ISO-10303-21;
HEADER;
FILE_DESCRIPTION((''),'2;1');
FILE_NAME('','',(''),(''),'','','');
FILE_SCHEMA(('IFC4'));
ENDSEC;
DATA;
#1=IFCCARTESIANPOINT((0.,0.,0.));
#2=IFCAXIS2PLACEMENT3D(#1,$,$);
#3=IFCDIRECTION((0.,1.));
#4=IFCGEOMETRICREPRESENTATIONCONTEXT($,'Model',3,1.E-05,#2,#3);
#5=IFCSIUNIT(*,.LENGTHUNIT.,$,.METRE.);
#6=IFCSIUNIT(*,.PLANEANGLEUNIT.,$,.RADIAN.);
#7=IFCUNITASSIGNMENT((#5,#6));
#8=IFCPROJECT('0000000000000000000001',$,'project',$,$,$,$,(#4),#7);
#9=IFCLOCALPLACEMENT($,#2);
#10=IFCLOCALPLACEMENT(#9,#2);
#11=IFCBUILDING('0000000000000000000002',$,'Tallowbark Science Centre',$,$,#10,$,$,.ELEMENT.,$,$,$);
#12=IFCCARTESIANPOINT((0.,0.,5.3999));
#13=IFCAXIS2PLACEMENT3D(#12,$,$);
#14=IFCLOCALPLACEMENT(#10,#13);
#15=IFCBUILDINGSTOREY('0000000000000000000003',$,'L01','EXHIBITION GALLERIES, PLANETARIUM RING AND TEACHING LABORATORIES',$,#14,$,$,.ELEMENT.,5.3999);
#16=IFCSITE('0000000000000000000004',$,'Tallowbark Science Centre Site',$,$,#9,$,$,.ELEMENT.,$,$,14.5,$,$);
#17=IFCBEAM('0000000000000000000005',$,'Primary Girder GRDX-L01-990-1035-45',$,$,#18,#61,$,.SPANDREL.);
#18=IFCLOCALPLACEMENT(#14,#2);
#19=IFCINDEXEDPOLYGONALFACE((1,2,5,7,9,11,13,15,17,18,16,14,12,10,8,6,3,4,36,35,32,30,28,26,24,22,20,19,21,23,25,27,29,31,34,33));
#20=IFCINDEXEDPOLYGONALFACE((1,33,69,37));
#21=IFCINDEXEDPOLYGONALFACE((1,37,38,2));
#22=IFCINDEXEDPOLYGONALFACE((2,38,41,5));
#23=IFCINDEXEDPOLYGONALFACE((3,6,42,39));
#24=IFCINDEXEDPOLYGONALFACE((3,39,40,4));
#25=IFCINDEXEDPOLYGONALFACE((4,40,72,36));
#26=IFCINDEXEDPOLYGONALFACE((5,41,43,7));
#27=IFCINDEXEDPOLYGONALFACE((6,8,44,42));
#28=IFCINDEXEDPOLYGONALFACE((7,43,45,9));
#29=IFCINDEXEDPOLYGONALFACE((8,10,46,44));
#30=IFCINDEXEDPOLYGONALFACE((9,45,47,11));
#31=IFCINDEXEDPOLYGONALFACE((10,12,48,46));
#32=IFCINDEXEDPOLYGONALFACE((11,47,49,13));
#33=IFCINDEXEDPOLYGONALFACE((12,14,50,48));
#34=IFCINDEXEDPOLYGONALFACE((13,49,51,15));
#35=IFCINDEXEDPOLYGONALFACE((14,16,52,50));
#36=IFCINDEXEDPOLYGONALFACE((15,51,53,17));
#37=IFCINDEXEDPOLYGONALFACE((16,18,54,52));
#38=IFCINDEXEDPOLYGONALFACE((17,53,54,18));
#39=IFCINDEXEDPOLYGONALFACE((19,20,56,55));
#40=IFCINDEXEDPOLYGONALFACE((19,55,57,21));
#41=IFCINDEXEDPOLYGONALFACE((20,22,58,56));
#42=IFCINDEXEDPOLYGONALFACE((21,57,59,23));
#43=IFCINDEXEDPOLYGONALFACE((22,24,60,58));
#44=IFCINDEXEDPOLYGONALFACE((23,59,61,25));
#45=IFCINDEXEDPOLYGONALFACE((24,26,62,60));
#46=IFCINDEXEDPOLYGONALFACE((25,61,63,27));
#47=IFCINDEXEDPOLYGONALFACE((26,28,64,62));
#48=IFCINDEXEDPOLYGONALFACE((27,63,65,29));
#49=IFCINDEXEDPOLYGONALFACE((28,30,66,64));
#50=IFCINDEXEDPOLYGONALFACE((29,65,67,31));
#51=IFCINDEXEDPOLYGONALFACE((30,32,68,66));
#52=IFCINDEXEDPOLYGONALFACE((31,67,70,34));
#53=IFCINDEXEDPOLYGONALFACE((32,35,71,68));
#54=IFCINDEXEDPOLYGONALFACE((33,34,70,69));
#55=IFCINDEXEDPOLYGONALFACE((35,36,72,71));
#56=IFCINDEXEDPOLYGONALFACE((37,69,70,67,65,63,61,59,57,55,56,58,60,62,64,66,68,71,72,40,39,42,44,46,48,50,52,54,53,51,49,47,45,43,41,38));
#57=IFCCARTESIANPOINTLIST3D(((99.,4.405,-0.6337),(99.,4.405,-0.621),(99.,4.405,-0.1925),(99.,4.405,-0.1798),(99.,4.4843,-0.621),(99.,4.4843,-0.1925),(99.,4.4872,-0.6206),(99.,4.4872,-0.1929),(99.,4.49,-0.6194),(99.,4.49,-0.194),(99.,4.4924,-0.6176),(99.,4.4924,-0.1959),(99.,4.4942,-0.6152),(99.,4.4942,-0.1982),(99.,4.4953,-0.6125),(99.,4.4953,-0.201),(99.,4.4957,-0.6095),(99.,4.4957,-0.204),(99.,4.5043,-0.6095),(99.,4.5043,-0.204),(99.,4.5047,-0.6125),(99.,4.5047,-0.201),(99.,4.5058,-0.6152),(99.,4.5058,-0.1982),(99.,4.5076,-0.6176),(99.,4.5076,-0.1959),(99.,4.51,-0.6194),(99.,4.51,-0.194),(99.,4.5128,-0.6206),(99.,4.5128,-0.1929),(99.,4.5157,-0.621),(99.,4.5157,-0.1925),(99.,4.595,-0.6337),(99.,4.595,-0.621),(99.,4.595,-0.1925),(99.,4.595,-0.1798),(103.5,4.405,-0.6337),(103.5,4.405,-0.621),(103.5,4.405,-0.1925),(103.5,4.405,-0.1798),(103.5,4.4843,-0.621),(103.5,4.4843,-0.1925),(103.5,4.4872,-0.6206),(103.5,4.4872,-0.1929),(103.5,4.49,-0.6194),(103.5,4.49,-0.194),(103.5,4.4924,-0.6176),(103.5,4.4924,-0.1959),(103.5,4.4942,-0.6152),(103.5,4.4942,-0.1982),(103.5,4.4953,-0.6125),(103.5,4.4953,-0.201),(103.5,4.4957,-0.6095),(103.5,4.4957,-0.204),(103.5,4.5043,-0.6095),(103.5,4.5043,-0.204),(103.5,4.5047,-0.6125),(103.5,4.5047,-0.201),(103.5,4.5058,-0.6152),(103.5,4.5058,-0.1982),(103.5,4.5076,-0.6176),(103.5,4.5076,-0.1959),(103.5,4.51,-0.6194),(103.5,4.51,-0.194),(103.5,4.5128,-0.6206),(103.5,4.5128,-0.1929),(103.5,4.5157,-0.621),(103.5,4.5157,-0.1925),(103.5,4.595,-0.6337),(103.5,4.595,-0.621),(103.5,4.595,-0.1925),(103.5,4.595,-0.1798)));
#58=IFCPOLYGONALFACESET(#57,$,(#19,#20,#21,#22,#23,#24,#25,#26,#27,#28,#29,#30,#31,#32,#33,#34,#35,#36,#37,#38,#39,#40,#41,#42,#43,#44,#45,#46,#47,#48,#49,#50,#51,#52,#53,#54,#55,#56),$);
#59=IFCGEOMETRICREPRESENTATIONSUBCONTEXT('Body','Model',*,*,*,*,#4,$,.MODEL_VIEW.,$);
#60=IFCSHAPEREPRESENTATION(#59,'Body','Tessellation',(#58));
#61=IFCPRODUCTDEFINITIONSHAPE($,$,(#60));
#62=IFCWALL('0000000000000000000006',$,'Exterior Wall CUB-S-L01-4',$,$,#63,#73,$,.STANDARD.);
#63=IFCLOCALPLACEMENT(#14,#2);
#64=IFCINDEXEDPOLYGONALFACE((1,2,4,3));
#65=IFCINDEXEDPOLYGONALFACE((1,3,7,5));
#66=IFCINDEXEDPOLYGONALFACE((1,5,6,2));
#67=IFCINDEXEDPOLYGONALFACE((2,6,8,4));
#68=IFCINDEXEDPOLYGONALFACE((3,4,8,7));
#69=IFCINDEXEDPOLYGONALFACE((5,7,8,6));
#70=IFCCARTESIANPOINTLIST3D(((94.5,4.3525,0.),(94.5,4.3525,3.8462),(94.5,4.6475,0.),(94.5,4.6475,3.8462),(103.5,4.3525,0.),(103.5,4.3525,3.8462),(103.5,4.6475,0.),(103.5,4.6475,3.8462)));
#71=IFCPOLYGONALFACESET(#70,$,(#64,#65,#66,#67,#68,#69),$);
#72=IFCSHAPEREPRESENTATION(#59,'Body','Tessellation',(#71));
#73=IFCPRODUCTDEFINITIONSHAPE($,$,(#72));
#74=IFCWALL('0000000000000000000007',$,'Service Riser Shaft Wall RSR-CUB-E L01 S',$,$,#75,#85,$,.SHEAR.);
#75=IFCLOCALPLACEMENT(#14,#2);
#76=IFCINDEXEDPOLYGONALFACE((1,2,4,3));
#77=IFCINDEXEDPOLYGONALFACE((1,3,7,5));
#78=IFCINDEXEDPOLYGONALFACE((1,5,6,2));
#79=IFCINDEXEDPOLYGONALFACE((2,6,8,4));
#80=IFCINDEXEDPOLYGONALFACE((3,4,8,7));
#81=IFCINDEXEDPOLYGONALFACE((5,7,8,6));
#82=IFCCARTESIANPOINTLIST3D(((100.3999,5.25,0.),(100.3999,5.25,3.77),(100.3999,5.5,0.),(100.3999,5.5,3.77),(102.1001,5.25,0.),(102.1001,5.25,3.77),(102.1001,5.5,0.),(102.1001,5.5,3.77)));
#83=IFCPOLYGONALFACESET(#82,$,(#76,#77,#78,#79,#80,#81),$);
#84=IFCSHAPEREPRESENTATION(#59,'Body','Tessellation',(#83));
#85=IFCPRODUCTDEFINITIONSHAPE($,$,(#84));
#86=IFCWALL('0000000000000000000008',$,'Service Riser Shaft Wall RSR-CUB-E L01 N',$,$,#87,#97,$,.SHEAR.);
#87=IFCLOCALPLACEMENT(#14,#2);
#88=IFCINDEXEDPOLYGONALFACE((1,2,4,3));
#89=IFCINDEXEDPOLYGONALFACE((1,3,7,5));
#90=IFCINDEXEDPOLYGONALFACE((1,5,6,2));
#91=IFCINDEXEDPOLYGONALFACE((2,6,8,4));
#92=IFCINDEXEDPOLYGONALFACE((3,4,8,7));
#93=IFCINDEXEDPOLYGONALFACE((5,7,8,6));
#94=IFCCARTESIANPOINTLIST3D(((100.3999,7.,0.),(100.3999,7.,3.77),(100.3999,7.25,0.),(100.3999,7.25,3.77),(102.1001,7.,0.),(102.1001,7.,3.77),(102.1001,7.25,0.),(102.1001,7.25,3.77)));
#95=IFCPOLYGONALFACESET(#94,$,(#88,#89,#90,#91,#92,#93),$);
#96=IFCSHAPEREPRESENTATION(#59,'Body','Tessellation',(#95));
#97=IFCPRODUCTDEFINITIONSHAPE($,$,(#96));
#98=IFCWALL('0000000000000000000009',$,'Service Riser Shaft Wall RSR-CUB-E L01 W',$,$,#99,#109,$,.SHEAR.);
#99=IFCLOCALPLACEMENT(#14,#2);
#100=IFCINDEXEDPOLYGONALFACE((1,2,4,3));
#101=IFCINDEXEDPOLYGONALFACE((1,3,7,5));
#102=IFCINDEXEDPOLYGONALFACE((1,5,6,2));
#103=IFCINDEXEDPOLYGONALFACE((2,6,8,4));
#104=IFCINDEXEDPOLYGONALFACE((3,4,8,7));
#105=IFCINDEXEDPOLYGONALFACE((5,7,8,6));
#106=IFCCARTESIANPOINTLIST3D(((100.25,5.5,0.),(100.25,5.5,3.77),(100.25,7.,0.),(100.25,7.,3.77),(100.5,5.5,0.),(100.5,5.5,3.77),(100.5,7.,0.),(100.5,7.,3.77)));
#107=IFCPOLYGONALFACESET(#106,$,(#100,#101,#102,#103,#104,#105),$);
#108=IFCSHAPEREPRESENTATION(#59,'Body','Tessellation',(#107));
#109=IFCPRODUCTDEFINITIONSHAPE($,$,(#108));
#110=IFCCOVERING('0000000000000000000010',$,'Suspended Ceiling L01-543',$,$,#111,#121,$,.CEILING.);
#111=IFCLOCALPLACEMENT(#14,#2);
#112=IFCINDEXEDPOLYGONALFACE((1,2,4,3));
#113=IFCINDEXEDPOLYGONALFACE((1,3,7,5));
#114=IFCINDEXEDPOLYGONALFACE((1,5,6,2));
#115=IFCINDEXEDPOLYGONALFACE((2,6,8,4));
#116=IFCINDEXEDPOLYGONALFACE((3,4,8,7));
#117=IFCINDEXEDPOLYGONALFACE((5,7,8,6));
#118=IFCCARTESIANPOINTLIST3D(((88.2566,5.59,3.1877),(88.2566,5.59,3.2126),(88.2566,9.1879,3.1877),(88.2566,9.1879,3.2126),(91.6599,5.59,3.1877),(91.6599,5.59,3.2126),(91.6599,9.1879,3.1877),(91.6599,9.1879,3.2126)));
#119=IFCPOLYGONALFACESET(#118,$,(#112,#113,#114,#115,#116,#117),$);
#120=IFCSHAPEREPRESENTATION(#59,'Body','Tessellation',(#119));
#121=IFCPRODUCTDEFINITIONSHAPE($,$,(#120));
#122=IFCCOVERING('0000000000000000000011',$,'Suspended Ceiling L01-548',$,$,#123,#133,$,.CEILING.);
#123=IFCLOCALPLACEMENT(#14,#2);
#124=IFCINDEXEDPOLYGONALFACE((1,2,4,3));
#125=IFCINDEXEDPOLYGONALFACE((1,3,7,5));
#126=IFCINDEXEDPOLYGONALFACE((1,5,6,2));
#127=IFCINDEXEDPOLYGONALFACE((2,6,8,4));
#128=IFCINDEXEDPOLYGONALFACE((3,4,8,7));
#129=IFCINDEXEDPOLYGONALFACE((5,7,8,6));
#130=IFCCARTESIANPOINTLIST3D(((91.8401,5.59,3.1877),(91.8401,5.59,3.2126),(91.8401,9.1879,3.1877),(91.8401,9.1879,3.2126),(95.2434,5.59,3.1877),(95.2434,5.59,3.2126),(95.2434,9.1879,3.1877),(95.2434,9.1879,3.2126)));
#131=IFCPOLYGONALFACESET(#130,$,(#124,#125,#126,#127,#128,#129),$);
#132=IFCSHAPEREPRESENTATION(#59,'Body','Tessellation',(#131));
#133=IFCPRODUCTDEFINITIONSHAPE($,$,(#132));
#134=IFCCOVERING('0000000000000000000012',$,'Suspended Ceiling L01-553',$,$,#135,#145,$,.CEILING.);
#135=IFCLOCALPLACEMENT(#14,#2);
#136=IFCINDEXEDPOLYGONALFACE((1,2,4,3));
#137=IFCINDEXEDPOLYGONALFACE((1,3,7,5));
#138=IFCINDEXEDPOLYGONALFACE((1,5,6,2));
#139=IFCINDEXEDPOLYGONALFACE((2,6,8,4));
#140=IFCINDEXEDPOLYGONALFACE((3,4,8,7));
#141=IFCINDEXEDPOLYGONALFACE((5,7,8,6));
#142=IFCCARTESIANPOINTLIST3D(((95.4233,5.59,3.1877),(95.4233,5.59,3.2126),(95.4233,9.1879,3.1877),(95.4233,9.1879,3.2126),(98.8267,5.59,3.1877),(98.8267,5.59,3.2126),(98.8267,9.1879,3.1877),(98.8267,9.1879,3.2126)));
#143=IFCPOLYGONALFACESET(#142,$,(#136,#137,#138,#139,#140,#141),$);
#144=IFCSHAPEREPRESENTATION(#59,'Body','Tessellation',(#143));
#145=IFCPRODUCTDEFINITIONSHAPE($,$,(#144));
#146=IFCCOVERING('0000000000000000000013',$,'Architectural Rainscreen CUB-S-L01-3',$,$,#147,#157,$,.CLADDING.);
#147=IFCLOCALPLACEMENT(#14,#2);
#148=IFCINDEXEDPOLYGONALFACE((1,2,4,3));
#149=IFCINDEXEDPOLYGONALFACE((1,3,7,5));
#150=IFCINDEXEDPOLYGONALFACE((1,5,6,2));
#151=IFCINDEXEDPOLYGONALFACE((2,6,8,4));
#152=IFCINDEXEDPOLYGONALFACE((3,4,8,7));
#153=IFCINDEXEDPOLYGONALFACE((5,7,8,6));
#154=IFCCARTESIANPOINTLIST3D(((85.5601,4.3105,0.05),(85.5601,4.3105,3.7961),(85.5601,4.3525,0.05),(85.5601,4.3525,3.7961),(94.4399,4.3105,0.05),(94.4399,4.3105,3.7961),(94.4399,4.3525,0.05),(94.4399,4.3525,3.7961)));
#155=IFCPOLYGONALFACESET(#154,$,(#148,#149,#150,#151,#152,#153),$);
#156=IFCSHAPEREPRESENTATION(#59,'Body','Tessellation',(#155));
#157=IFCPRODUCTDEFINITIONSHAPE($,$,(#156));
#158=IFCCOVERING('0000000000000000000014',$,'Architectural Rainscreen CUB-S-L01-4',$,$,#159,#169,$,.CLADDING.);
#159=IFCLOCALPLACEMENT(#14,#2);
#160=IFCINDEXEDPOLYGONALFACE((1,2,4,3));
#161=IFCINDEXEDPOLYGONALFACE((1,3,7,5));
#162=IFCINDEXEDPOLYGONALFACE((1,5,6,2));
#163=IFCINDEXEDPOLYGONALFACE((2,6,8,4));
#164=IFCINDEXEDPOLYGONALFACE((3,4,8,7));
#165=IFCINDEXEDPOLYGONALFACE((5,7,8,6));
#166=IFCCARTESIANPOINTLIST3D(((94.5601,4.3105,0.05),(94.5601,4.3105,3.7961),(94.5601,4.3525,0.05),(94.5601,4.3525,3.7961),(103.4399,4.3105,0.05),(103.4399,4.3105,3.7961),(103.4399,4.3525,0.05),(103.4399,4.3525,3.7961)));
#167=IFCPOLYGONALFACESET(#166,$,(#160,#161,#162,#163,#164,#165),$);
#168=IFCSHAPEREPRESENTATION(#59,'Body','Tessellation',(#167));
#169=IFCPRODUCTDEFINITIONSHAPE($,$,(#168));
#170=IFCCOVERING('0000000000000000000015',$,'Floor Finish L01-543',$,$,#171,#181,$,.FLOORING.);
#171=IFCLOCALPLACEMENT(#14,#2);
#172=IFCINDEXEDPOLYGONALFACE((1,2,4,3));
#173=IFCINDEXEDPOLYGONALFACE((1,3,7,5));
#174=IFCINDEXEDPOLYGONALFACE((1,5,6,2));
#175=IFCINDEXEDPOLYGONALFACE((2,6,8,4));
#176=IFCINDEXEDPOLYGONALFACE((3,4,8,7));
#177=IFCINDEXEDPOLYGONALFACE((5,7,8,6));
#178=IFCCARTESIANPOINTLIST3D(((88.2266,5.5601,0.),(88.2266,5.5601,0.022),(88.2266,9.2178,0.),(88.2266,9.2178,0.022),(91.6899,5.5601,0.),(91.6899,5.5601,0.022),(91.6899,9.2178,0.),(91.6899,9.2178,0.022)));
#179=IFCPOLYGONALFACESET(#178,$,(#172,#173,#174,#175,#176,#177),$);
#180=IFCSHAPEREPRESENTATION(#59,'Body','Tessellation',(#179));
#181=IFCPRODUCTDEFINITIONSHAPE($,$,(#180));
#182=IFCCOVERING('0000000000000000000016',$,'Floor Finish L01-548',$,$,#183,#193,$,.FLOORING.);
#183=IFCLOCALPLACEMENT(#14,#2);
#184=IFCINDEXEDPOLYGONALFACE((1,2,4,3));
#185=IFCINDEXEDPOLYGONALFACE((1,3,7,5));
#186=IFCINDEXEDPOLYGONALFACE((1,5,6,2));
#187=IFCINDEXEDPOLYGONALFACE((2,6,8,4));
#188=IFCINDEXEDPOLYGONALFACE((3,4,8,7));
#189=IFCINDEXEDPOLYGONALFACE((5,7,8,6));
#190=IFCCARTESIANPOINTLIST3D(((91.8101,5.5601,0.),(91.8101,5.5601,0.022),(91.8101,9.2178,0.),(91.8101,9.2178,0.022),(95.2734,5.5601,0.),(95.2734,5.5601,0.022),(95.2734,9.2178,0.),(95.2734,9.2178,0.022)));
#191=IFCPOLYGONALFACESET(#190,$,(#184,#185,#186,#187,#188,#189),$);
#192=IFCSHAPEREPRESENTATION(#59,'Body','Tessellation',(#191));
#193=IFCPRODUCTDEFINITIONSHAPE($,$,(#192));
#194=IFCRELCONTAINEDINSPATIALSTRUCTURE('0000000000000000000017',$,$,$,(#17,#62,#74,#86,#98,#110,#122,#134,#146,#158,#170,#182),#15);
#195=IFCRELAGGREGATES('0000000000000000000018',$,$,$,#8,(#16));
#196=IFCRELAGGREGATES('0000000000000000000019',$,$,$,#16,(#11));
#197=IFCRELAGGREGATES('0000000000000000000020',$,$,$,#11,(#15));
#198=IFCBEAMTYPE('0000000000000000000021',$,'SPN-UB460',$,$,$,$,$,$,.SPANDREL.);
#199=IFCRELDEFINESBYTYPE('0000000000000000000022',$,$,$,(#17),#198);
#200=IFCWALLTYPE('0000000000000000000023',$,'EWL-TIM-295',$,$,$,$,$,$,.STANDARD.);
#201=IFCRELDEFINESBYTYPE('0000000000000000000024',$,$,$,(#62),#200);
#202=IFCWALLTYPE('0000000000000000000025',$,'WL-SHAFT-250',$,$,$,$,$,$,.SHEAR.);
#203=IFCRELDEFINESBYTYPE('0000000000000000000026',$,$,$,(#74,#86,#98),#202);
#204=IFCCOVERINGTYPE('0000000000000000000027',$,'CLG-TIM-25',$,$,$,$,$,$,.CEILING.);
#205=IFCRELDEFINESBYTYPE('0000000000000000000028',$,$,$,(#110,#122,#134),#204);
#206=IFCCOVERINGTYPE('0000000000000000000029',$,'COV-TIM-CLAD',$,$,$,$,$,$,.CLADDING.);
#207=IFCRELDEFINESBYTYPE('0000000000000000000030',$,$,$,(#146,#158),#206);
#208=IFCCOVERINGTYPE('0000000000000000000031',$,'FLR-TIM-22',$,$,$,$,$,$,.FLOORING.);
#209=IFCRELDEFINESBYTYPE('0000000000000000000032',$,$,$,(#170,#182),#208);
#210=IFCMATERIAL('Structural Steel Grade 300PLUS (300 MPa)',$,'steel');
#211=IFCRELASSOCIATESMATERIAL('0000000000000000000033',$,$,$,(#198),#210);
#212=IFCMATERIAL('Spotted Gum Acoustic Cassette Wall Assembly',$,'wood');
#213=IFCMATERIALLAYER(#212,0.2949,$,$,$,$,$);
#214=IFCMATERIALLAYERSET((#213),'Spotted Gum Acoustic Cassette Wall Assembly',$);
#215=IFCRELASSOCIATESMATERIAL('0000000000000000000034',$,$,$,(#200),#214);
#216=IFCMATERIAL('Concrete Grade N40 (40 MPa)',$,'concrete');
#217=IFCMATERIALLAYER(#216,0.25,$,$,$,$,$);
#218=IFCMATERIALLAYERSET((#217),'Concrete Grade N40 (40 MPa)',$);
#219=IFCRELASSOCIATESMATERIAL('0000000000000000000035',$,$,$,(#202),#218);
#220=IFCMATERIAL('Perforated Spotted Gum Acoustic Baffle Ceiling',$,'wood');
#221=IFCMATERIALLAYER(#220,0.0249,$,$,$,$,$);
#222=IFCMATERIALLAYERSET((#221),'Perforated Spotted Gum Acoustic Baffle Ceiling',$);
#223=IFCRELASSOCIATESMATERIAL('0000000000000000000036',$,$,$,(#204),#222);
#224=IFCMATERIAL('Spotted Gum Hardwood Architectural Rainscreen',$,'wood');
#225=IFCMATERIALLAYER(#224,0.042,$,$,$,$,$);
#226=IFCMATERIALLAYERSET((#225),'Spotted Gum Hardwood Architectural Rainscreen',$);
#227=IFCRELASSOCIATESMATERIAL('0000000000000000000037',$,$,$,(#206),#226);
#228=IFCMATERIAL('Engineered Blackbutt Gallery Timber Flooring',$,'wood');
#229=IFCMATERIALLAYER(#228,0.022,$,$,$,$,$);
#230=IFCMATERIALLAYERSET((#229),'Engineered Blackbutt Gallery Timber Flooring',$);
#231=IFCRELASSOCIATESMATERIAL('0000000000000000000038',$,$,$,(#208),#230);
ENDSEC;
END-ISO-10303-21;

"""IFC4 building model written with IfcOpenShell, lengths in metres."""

from ifc_helpers import new_model, si_unit, direction, frame, frame_2d, origin, origin_2d, place, context, subcontext, project, spatial, rectangle, i_section, extrude, material, layer, layer_set, material_profile, profile_set, type_object, element, save


model = new_model("IFC4")

# Units and contexts
model_context = context("Model", 3, precision=1e-05, world=origin(), true_north=direction((0.0, 1.0)))
body_context = subcontext(model_context, "Body", "Model", "MODEL_VIEW")
ifc_project = project(units=[si_unit("LENGTHUNIT", "METRE"), si_unit("PLANEANGLEUNIT", "RADIAN")], contexts=[model_context])

# Site, building, storey
site_placement = place(None, origin())
site = spatial("IfcSite", under=ifc_project, at=site_placement, Name="Tallowbark Science Centre Site", CompositionType="ELEMENT", RefElevation=14.5)
building_placement = place(site_placement, origin())
building = spatial("IfcBuilding", under=site, at=building_placement, Name="Tallowbark Science Centre", CompositionType="ELEMENT")
storey_placement = place(building_placement, frame((0.0, 0.0, 5.3999)))
storey = spatial("IfcBuildingStorey", under=building, at=storey_placement, Name="L01", Description="EXHIBITION GALLERIES, PLANETARIUM RING AND TEACHING LABORATORIES", CompositionType="ELEMENT", Elevation=5.3999)

# Shared definitions
ifc_material_1 = material(Name="Structural Steel Grade 300PLUS (300 MPa)", Category="steel")

# Beam
ifc_material_profile_1 = material_profile(ifc_material_1, i_section(OverallWidth=0.1899, OverallDepth=0.4539, WebThickness=0.0085, FlangeThickness=0.0127, FilletRadius=0.0115, at=origin_2d()), Name="460UB67.1")
ifc_profile_set_1 = profile_set([ifc_material_profile_1], Name="Structural Steel Grade 300PLUS (300 MPa)")
beam_type_1 = type_object("IfcBeamType", Name="SPN-UB460", PredefinedType="SPANDREL", material=ifc_profile_set_1)
for number, where, z_axis, x_axis, name in (
    (1, (99.0, 4.5, -0.4067), (1.0, 0.0, 0.0), (0.0, 1.0, 0.0), "Primary Girder GRDX-L01-990-1035-45"),
):
    element("IfcBeam", number, at=place(storey_placement, frame(where, z_axis=z_axis, x_axis=x_axis)), inside=storey, type_object=beam_type_1, Name=name, PredefinedType="SPANDREL", context=body_context, shape_type="SweptSolid", body=[
        extrude(i_section(OverallWidth=0.1899, OverallDepth=0.4539, WebThickness=0.0085, FlangeThickness=0.0127, FilletRadius=0.0115, at=origin_2d()), origin(), (0.0, 0.0, 1.0), 4.5),
    ])

# Walls
ifc_material_2 = material(Name="Spotted Gum Acoustic Cassette Wall Assembly", Category="wood")
ifc_layer_1 = layer(ifc_material_2, 0.2949)
ifc_layer_set_1 = layer_set([ifc_layer_1], Name="Spotted Gum Acoustic Cassette Wall Assembly")
wall_type_1 = type_object("IfcWallType", Name="EWL-TIM-295", PredefinedType="STANDARD", material=ifc_layer_set_1)
wall_1_placement = place(storey_placement, frame((94.5, 4.5, 0.0), z_axis=(0.0, 0.0, 1.0), x_axis=(1.0, 0.0, 0.0)))
element("IfcWall", 2, at=wall_1_placement, inside=storey, type_object=wall_type_1, Name="Exterior Wall CUB-S-L01-4", PredefinedType="STANDARD", context=body_context, shape_type="SweptSolid", body=[
    extrude(rectangle(XDim=9.0, YDim=0.2949, at=frame_2d((4.5, 0.0))), origin(), (0.0, 0.0, 1.0), 3.8462),
])
ifc_material_3 = material(Name="Concrete Grade N40 (40 MPa)", Category="concrete")
ifc_layer_2 = layer(ifc_material_3, 0.25)
ifc_layer_set_2 = layer_set([ifc_layer_2], Name="Concrete Grade N40 (40 MPa)")
wall_type_2 = type_object("IfcWallType", Name="WL-SHAFT-250", PredefinedType="SHEAR", material=ifc_layer_set_2)
for number, where, z_axis, x_axis, name in (
    (3, (100.3999, 5.375, 0.0), (0.0, 0.0, 1.0), (1.0, 0.0, 0.0), "Service Riser Shaft Wall RSR-CUB-E L01 S"),
    (4, (100.3999, 7.125, 0.0), (0.0, 0.0, 1.0), (1.0, 0.0, 0.0), "Service Riser Shaft Wall RSR-CUB-E L01 N"),
):
    element("IfcWall", number, at=place(storey_placement, frame(where, z_axis=z_axis, x_axis=x_axis)), inside=storey, type_object=wall_type_2, Name=name, PredefinedType="SHEAR", context=body_context, shape_type="SweptSolid", body=[
        extrude(rectangle(XDim=1.7002, YDim=0.25, at=frame_2d((0.8501, 0.0))), origin(), (0.0, 0.0, 1.0), 3.77),
    ])
wall_2_placement = place(storey_placement, frame((100.375, 5.5, 0.0), z_axis=(0.0, 0.0, 1.0), x_axis=(0.0, 1.0, 0.0)))
element("IfcWall", 5, at=wall_2_placement, inside=storey, type_object=wall_type_2, Name="Service Riser Shaft Wall RSR-CUB-E L01 W", PredefinedType="SHEAR", context=body_context, shape_type="SweptSolid", body=[
    extrude(rectangle(XDim=1.5, YDim=0.25, at=frame_2d((0.75, 0.0))), origin(), (0.0, 0.0, 1.0), 3.77),
])

# Coverings
ifc_material_4 = material(Name="Perforated Spotted Gum Acoustic Baffle Ceiling", Category="wood")
ifc_layer_3 = layer(ifc_material_4, 0.0249)
ifc_layer_set_3 = layer_set([ifc_layer_3], Name="Perforated Spotted Gum Acoustic Baffle Ceiling")
covering_type_1 = type_object("IfcCoveringType", Name="CLG-TIM-25", PredefinedType="CEILING", material=ifc_layer_set_3)
for number, where, z_axis, x_axis, name in (
    (6, (89.9583, 7.3889, 3.1877), (0.0, 0.0, 1.0), (1.0, 0.0, 0.0), "Suspended Ceiling L01-543"),
    (7, (93.5417, 7.3889, 3.1877), (0.0, 0.0, 1.0), (1.0, 0.0, 0.0), "Suspended Ceiling L01-548"),
    (8, (97.125, 7.3889, 3.1877), (0.0, 0.0, 1.0), (1.0, 0.0, 0.0), "Suspended Ceiling L01-553"),
):
    element("IfcCovering", number, at=place(storey_placement, frame(where, z_axis=z_axis, x_axis=x_axis)), inside=storey, type_object=covering_type_1, Name=name, PredefinedType="CEILING", context=body_context, shape_type="SweptSolid", body=[
        extrude(rectangle(XDim=3.4033, YDim=3.5979, at=origin_2d()), origin(), (0.0, 0.0, 1.0), 0.0249),
    ])
ifc_material_5 = material(Name="Spotted Gum Hardwood Architectural Rainscreen", Category="wood")
ifc_layer_4 = layer(ifc_material_5, 0.042)
ifc_layer_set_4 = layer_set([ifc_layer_4], Name="Spotted Gum Hardwood Architectural Rainscreen")
covering_type_2 = type_object("IfcCoveringType", Name="COV-TIM-CLAD", PredefinedType="CLADDING", material=ifc_layer_set_4)
for number, where, z_axis, x_axis, name in (
    (9, (90.0, 4.3315, 0.05), (0.0, 0.0, 1.0), (1.0, 0.0, 0.0), "Architectural Rainscreen CUB-S-L01-3"),
    (10, (99.0, 4.3315, 0.05), (0.0, 0.0, 1.0), (1.0, 0.0, 0.0), "Architectural Rainscreen CUB-S-L01-4"),
):
    element("IfcCovering", number, at=place(storey_placement, frame(where, z_axis=z_axis, x_axis=x_axis)), inside=storey, type_object=covering_type_2, Name=name, PredefinedType="CLADDING", context=body_context, shape_type="SweptSolid", body=[
        extrude(rectangle(XDim=8.8799, YDim=0.042, at=origin_2d()), origin(), (0.0, 0.0, 1.0), 3.7461),
    ])
ifc_material_6 = material(Name="Engineered Blackbutt Gallery Timber Flooring", Category="wood")
ifc_layer_5 = layer(ifc_material_6, 0.022)
ifc_layer_set_5 = layer_set([ifc_layer_5], Name="Engineered Blackbutt Gallery Timber Flooring")
covering_type_3 = type_object("IfcCoveringType", Name="FLR-TIM-22", PredefinedType="FLOORING", material=ifc_layer_set_5)
for number, where, z_axis, x_axis, name in (
    (11, (89.9583, 7.3889, 0.0), (0.0, 0.0, 1.0), (1.0, 0.0, 0.0), "Floor Finish L01-543"),
    (12, (93.5417, 7.3889, 0.0), (0.0, 0.0, 1.0), (1.0, 0.0, 0.0), "Floor Finish L01-548"),
):
    element("IfcCovering", number, at=place(storey_placement, frame(where, z_axis=z_axis, x_axis=x_axis)), inside=storey, type_object=covering_type_3, Name=name, PredefinedType="FLOORING", context=body_context, shape_type="SweptSolid", body=[
        extrude(rectangle(XDim=3.4634, YDim=3.6577, at=origin_2d()), origin(), (0.0, 0.0, 1.0), 0.022),
    ])

save(model, "model.ifc")
